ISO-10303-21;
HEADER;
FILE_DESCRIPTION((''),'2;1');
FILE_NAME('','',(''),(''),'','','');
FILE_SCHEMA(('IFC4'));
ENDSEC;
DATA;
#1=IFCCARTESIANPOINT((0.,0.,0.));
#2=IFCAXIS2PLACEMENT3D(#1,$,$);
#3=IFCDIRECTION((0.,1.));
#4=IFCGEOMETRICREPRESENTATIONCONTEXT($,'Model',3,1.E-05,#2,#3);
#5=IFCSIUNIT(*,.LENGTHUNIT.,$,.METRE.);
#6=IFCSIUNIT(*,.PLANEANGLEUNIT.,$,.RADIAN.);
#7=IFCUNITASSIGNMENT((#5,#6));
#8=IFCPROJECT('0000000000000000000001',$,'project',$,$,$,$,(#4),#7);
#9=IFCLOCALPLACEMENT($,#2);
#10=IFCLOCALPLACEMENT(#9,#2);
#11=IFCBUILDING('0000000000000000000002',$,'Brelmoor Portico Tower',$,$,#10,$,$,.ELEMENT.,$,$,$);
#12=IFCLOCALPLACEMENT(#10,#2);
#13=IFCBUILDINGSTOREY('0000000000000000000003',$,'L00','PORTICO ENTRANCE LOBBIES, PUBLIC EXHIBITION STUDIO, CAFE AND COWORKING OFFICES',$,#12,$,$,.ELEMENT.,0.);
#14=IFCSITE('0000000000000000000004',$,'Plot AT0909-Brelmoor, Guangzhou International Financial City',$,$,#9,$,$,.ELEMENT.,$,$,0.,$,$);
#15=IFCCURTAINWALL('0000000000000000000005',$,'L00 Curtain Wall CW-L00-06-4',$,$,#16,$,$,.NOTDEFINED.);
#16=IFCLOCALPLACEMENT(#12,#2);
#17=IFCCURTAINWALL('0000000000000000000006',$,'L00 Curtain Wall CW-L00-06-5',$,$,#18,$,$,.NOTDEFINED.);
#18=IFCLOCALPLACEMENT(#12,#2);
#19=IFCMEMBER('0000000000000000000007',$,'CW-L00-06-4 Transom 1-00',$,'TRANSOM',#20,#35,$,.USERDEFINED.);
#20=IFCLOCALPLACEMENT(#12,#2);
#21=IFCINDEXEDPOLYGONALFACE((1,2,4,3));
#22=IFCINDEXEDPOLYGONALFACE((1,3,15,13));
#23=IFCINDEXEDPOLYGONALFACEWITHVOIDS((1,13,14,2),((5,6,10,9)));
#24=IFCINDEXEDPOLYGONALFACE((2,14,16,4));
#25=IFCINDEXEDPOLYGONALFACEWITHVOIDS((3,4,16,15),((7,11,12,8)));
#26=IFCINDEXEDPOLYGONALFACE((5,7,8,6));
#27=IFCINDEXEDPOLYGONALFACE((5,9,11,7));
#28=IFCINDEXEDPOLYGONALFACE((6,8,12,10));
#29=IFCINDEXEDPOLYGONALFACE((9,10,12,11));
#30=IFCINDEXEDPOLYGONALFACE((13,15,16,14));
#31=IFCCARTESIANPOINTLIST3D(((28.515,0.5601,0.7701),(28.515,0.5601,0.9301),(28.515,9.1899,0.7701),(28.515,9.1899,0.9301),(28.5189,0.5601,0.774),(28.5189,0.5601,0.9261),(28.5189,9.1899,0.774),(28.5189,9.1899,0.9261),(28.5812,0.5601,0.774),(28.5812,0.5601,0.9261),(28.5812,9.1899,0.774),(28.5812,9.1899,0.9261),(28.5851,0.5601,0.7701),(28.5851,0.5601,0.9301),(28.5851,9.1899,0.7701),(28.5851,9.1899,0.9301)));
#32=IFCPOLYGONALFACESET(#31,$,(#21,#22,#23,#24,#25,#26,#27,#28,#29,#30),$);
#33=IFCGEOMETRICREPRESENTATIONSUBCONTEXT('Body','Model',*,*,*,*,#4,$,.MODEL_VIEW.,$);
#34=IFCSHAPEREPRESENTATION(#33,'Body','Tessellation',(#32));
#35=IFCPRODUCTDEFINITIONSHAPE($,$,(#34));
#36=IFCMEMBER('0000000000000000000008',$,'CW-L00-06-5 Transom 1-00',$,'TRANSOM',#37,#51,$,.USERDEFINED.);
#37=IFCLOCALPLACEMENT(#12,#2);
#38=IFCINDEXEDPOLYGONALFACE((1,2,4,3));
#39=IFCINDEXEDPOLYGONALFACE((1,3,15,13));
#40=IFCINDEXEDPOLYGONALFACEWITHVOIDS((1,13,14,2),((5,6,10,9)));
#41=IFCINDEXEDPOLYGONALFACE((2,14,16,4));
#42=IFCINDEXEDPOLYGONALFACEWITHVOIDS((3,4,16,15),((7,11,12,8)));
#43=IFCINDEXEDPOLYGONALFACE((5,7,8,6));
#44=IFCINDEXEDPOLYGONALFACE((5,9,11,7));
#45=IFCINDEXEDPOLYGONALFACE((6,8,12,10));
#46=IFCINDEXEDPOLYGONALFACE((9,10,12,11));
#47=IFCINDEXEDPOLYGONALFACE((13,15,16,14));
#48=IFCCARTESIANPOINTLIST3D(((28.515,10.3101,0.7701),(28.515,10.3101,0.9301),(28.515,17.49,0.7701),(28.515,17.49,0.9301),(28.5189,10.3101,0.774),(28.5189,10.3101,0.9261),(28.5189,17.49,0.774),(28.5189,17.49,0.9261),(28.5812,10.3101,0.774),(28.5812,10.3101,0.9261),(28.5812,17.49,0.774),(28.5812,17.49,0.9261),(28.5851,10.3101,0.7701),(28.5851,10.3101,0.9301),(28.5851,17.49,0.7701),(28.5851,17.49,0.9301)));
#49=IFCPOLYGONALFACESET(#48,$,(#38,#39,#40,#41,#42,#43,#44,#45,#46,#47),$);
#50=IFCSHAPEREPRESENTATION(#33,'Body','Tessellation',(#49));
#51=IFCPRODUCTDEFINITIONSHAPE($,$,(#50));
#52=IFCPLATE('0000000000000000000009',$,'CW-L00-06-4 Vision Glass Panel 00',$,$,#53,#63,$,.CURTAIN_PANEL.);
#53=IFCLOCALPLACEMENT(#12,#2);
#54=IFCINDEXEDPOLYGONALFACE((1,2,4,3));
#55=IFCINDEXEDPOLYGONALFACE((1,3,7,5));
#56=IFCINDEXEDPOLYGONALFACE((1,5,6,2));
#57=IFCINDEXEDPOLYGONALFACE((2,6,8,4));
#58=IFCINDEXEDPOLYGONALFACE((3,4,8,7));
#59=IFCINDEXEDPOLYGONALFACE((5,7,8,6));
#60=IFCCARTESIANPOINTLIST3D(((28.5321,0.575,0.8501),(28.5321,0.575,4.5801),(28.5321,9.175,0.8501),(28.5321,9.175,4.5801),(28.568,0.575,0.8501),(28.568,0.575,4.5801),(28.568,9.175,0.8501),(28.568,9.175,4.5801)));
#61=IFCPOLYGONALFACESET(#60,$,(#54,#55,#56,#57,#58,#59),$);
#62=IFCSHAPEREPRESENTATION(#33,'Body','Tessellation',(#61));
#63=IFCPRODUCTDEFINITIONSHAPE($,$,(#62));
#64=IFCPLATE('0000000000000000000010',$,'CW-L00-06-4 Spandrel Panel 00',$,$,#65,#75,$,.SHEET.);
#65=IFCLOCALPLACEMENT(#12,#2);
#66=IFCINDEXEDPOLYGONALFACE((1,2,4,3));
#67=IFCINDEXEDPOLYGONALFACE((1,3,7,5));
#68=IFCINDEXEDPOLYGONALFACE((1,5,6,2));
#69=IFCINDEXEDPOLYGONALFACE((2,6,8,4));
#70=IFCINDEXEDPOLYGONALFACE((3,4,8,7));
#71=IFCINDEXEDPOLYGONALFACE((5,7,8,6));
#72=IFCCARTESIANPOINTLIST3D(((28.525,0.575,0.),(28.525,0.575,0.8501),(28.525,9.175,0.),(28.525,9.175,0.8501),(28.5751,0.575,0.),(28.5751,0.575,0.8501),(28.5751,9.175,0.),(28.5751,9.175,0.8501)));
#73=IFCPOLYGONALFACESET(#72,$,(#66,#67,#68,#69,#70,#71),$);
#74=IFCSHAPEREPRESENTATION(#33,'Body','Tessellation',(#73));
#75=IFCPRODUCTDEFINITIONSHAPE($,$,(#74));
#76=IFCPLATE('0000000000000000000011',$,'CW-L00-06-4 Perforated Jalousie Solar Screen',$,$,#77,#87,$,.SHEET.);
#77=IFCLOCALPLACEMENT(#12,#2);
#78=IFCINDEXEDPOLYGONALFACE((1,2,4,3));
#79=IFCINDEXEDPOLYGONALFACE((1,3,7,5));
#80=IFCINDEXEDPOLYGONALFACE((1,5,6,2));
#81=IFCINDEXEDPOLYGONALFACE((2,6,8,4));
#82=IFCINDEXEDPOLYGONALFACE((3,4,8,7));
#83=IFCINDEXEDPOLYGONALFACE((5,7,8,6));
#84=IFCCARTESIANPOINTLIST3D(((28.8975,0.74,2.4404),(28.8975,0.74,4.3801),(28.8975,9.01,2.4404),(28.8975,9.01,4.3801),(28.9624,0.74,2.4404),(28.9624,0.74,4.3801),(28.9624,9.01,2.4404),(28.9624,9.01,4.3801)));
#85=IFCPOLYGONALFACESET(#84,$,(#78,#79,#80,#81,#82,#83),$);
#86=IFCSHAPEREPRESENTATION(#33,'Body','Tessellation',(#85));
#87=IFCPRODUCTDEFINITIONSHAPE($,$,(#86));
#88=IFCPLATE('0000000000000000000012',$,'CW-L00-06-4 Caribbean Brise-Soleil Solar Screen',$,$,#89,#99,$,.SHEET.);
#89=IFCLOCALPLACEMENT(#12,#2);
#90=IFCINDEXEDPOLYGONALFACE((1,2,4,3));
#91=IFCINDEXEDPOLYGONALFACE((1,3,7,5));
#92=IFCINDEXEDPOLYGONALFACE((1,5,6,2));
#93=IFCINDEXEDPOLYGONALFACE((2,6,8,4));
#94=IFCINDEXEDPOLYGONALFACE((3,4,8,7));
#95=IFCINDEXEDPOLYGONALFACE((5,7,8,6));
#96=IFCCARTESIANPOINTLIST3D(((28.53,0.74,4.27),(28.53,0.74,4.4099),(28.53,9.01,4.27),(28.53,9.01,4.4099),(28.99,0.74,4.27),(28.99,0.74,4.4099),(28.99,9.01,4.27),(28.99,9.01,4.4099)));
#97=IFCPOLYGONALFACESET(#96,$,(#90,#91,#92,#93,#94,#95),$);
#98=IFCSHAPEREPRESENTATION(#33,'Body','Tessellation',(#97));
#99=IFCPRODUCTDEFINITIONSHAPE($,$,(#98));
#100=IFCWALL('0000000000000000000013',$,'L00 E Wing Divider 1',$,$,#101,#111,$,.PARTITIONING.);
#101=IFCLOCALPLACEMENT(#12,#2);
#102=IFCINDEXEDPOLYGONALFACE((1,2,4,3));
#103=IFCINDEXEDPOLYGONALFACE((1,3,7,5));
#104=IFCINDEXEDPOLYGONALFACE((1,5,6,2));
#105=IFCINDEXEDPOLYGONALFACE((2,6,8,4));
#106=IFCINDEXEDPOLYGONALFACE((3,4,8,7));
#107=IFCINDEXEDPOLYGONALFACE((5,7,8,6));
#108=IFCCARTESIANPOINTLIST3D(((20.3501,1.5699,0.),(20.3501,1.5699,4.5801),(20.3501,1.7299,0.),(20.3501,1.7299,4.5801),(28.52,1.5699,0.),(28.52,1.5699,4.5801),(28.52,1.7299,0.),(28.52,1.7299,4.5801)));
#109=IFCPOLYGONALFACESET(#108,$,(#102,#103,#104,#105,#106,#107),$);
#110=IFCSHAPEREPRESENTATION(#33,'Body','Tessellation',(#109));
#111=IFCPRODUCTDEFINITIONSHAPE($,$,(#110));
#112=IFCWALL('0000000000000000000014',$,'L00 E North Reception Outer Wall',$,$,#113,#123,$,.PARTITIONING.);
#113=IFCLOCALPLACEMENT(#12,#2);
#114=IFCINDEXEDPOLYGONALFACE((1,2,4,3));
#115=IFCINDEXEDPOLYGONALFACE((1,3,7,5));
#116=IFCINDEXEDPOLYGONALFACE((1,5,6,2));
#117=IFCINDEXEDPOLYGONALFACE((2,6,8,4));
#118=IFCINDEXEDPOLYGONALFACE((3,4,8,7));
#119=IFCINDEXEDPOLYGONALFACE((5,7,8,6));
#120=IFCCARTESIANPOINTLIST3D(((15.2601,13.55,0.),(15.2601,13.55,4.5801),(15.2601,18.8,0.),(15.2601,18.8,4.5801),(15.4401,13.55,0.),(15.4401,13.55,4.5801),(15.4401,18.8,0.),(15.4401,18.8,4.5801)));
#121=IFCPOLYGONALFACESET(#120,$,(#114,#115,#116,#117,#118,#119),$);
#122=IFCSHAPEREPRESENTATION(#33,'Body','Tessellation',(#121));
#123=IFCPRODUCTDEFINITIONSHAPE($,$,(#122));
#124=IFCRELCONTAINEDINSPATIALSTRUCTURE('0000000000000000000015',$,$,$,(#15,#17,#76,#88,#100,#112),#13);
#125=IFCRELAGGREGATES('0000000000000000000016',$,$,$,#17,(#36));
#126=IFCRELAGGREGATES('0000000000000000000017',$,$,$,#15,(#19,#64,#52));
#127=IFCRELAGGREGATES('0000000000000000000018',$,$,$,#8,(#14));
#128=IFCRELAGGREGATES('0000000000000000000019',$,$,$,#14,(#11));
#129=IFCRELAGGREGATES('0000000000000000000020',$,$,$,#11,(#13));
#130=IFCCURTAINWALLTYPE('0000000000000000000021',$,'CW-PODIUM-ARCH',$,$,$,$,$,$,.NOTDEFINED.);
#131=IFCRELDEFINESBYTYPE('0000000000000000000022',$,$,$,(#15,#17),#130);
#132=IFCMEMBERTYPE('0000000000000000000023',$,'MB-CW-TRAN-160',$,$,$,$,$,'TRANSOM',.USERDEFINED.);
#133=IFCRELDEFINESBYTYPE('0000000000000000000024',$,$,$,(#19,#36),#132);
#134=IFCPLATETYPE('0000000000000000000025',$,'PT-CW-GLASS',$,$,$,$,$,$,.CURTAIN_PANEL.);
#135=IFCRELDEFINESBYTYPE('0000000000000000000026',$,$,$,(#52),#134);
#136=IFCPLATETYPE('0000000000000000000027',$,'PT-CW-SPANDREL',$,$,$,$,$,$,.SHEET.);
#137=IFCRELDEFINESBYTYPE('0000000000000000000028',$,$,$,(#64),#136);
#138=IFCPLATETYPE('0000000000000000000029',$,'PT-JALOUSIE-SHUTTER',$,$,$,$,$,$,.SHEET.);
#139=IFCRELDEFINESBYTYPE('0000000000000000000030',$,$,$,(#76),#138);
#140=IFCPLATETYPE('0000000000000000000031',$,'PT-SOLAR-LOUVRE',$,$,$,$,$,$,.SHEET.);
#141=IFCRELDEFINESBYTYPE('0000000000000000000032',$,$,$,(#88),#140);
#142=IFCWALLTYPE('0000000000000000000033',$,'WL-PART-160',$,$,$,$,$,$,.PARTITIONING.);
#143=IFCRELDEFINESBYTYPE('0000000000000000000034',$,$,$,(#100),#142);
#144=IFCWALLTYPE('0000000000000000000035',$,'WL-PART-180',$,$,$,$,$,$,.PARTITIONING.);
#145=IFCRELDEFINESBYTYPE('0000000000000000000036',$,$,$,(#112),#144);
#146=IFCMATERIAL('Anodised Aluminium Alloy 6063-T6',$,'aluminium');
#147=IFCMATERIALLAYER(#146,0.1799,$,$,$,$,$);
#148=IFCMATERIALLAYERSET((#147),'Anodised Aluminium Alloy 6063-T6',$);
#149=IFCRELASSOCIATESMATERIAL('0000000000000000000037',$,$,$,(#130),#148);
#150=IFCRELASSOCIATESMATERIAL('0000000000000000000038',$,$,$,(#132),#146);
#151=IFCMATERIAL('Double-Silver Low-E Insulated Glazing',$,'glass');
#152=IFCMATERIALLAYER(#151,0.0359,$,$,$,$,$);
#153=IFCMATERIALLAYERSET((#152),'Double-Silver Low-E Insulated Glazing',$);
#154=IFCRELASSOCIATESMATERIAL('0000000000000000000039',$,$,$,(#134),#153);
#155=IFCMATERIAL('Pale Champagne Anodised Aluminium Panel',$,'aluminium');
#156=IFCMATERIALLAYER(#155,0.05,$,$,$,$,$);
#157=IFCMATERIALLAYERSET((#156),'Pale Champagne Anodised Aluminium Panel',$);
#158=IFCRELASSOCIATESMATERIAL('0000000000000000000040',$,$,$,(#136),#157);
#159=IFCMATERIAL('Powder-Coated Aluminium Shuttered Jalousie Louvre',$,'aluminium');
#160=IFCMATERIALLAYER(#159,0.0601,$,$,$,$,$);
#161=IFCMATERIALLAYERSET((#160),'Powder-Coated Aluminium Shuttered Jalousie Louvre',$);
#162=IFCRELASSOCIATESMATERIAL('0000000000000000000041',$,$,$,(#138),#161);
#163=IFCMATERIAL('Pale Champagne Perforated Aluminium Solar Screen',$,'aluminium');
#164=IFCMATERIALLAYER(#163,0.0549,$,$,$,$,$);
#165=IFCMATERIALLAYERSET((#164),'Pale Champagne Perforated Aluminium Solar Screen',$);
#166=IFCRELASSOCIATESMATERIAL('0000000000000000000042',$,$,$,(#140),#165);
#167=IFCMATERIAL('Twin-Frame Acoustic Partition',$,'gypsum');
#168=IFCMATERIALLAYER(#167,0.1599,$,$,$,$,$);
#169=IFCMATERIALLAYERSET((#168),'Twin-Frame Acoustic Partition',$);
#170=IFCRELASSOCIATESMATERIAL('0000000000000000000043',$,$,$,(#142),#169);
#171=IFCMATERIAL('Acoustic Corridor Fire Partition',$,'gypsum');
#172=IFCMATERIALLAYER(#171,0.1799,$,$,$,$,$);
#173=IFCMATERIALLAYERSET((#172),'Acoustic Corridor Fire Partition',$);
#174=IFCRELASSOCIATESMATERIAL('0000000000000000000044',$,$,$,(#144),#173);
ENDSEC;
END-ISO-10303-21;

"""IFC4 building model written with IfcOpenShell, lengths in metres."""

from ifc_helpers import new_model, si_unit, direction, frame, frame_2d, origin, origin_2d, place, context, subcontext, project, spatial, rectangle, hollow_rectangle, extrude, material, layer, layer_set, material_profile, profile_set, type_object, element, aggregate, save


model = new_model("IFC4")

# Units and contexts
model_context = context("Model", 3, precision=1e-05, world=origin(), true_north=direction((0.0, 1.0)))
body_context = subcontext(model_context, "Body", "Model", "MODEL_VIEW")
ifc_project = project(units=[si_unit("LENGTHUNIT", "METRE"), si_unit("PLANEANGLEUNIT", "RADIAN")], contexts=[model_context])

# Site, building, storey
site_placement = place(None, origin())
site = spatial("IfcSite", under=ifc_project, at=site_placement, Name="Plot AT0909-Brelmoor, Guangzhou International Financial City", CompositionType="ELEMENT", RefElevation=0.0)
building_placement = place(site_placement, origin())
building = spatial("IfcBuilding", under=site, at=building_placement, Name="Brelmoor Portico Tower", CompositionType="ELEMENT")
storey_placement = place(building_placement, origin())
storey = spatial("IfcBuildingStorey", under=building, at=storey_placement, Name="L00", Description="PORTICO ENTRANCE LOBBIES, PUBLIC EXHIBITION STUDIO, CAFE AND COWORKING OFFICES", CompositionType="ELEMENT", Elevation=0.0)

# Curtain wall
ifc_material_1 = material(Name="Anodised Aluminium Alloy 6063-T6", Category="aluminium")
ifc_layer_1 = layer(ifc_material_1, 0.1799)
ifc_layer_set_1 = layer_set([ifc_layer_1], Name="Anodised Aluminium Alloy 6063-T6")
curtain_wall_type = type_object("IfcCurtainWallType", Name="CW-PODIUM-ARCH", PredefinedType="NOTDEFINED", material=ifc_layer_set_1)
curtain_wall_1_placement = place(storey_placement, origin())
curtain_wall_1 = element("IfcCurtainWall", 1, at=curtain_wall_1_placement, inside=storey, type_object=curtain_wall_type, Name="L00 Curtain Wall CW-L00-06-4", PredefinedType="NOTDEFINED")

# Curtain wall
curtain_wall_2_placement = place(storey_placement, origin())
curtain_wall_2 = element("IfcCurtainWall", 2, at=curtain_wall_2_placement, inside=storey, type_object=curtain_wall_type, Name="L00 Curtain Wall CW-L00-06-5", PredefinedType="NOTDEFINED")

# Members
ifc_material_profile_1 = material_profile(ifc_material_1, hollow_rectangle(XDim=0.0701, YDim=0.1599, WallThickness=0.0039, at=origin_2d()), Name="ALU TRANSOM 70x160")
ifc_profile_set_1 = profile_set([ifc_material_profile_1], Name="Anodised Aluminium Alloy 6063-T6")
member_type_1 = type_object("IfcMemberType", Name="MB-CW-TRAN-160", ElementType="TRANSOM", PredefinedType="USERDEFINED", material=ifc_profile_set_1)
member_1_placement = place(storey_placement, frame((28.55, 0.5601, 0.8501), z_axis=(0.0, 1.0, 0.0), x_axis=(-1.0, 0.0, 0.0)))
member_1 = element("IfcMember", 3, at=member_1_placement, type_object=member_type_1, Name="CW-L00-06-4 Transom 1-00", ObjectType="TRANSOM", PredefinedType="USERDEFINED", context=body_context, shape_type="SweptSolid", body=[
    extrude(hollow_rectangle(XDim=0.0701, YDim=0.1599, WallThickness=0.0039, at=origin_2d()), origin(), (0.0, 0.0, 1.0), 8.6299),
])
member_2_placement = place(storey_placement, frame((28.55, 10.3101, 0.8501), z_axis=(0.0, 1.0, 0.0), x_axis=(-1.0, 0.0, 0.0)))
member_2 = element("IfcMember", 4, at=member_2_placement, type_object=member_type_1, Name="CW-L00-06-5 Transom 1-00", ObjectType="TRANSOM", PredefinedType="USERDEFINED", context=body_context, shape_type="SweptSolid", body=[
    extrude(hollow_rectangle(XDim=0.0701, YDim=0.1599, WallThickness=0.0039, at=origin_2d()), origin(), (0.0, 0.0, 1.0), 7.1799),
])
aggregate(curtain_wall_2, [member_2])

# Plates
ifc_material_2 = material(Name="Double-Silver Low-E Insulated Glazing", Category="glass")
ifc_layer_2 = layer(ifc_material_2, 0.0359)
ifc_layer_set_2 = layer_set([ifc_layer_2], Name="Double-Silver Low-E Insulated Glazing")
plate_type_1 = type_object("IfcPlateType", Name="PT-CW-GLASS", PredefinedType="CURTAIN_PANEL", material=ifc_layer_set_2)
plate_1_placement = place(storey_placement, frame((28.55, 4.875, 0.8501), z_axis=(0.0, 0.0, 1.0), x_axis=(0.0, 1.0, 0.0)))
plate_1 = element("IfcPlate", 5, at=plate_1_placement, type_object=plate_type_1, Name="CW-L00-06-4 Vision Glass Panel 00", PredefinedType="CURTAIN_PANEL", context=body_context, shape_type="SweptSolid", body=[
    extrude(rectangle(XDim=8.6001, YDim=0.0359, at=origin_2d()), origin(), (0.0, 0.0, 1.0), 3.73),
])
ifc_material_3 = material(Name="Pale Champagne Anodised Aluminium Panel", Category="aluminium")
ifc_layer_3 = layer(ifc_material_3, 0.05)
ifc_layer_set_3 = layer_set([ifc_layer_3], Name="Pale Champagne Anodised Aluminium Panel")
plate_type_2 = type_object("IfcPlateType", Name="PT-CW-SPANDREL", PredefinedType="SHEET", material=ifc_layer_set_3)
plate_2_placement = place(storey_placement, frame((28.55, 4.875, 0.0), z_axis=(0.0, 0.0, 1.0), x_axis=(0.0, 1.0, 0.0)))
plate_2 = element("IfcPlate", 6, at=plate_2_placement, type_object=plate_type_2, Name="CW-L00-06-4 Spandrel Panel 00", PredefinedType="SHEET", context=body_context, shape_type="SweptSolid", body=[
    extrude(rectangle(XDim=8.6001, YDim=0.05, at=origin_2d()), origin(), (0.0, 0.0, 1.0), 0.8501),
])
aggregate(curtain_wall_1, [member_1, plate_2, plate_1])

# Plates
ifc_material_4 = material(Name="Powder-Coated Aluminium Shuttered Jalousie Louvre", Category="aluminium")
ifc_layer_4 = layer(ifc_material_4, 0.0601)
ifc_layer_set_4 = layer_set([ifc_layer_4], Name="Powder-Coated Aluminium Shuttered Jalousie Louvre")
plate_type_3 = type_object("IfcPlateType", Name="PT-JALOUSIE-SHUTTER", PredefinedType="SHEET", material=ifc_layer_set_4)
plate_3_placement = place(storey_placement, frame((28.9299, 4.875, 2.4404), z_axis=(0.0, 0.0, 1.0), x_axis=(0.0, 1.0, 0.0)))
element("IfcPlate", 7, at=plate_3_placement, inside=storey, type_object=plate_type_3, Name="CW-L00-06-4 Perforated Jalousie Solar Screen", PredefinedType="SHEET", context=body_context, shape_type="SweptSolid", body=[
    extrude(rectangle(XDim=8.27, YDim=0.0649, at=origin_2d()), origin(), (0.0, 0.0, 1.0), 1.9397),
])
ifc_material_5 = material(Name="Pale Champagne Perforated Aluminium Solar Screen", Category="aluminium")
ifc_layer_5 = layer(ifc_material_5, 0.0549)
ifc_layer_set_5 = layer_set([ifc_layer_5], Name="Pale Champagne Perforated Aluminium Solar Screen")
plate_type_4 = type_object("IfcPlateType", Name="PT-SOLAR-LOUVRE", PredefinedType="SHEET", material=ifc_layer_set_5)
plate_4_placement = place(storey_placement, frame((28.76, 4.875, 4.27), z_axis=(0.0, 0.0, 1.0), x_axis=(0.0, 1.0, 0.0)))
element("IfcPlate", 8, at=plate_4_placement, inside=storey, type_object=plate_type_4, Name="CW-L00-06-4 Caribbean Brise-Soleil Solar Screen", PredefinedType="SHEET", context=body_context, shape_type="SweptSolid", body=[
    extrude(rectangle(XDim=8.27, YDim=0.46, at=origin_2d()), origin(), (0.0, 0.0, 1.0), 0.1399),
])

# Walls
ifc_material_6 = material(Name="Twin-Frame Acoustic Partition", Category="gypsum")
ifc_layer_6 = layer(ifc_material_6, 0.1599)
ifc_layer_set_6 = layer_set([ifc_layer_6], Name="Twin-Frame Acoustic Partition")
wall_type_1 = type_object("IfcWallType", Name="WL-PART-160", PredefinedType="PARTITIONING", material=ifc_layer_set_6)
wall_1_placement = place(storey_placement, frame((20.3501, 1.6499, 0.0), z_axis=(0.0, 0.0, 1.0), x_axis=(1.0, 0.0, 0.0)))
element("IfcWall", 9, at=wall_1_placement, inside=storey, type_object=wall_type_1, Name="L00 E Wing Divider 1", PredefinedType="PARTITIONING", context=body_context, shape_type="SweptSolid", body=[
    extrude(rectangle(XDim=8.1699, YDim=0.1599, at=frame_2d((4.085, 0.0))), origin(), (0.0, 0.0, 1.0), 4.5801),
])
ifc_material_7 = material(Name="Acoustic Corridor Fire Partition", Category="gypsum")
ifc_layer_7 = layer(ifc_material_7, 0.1799)
ifc_layer_set_7 = layer_set([ifc_layer_7], Name="Acoustic Corridor Fire Partition")
wall_type_2 = type_object("IfcWallType", Name="WL-PART-180", PredefinedType="PARTITIONING", material=ifc_layer_set_7)
wall_2_placement = place(storey_placement, frame((15.3501, 13.55, 0.0), z_axis=(0.0, 0.0, 1.0), x_axis=(0.0, 1.0, 0.0)))
element("IfcWall", 10, at=wall_2_placement, inside=storey, type_object=wall_type_2, Name="L00 E North Reception Outer Wall", PredefinedType="PARTITIONING", context=body_context, shape_type="SweptSolid", body=[
    extrude(rectangle(XDim=5.25, YDim=0.1799, at=frame_2d((2.625, 0.0))), origin(), (0.0, 0.0, 1.0), 4.5801),
])

save(model, "model.ifc")
